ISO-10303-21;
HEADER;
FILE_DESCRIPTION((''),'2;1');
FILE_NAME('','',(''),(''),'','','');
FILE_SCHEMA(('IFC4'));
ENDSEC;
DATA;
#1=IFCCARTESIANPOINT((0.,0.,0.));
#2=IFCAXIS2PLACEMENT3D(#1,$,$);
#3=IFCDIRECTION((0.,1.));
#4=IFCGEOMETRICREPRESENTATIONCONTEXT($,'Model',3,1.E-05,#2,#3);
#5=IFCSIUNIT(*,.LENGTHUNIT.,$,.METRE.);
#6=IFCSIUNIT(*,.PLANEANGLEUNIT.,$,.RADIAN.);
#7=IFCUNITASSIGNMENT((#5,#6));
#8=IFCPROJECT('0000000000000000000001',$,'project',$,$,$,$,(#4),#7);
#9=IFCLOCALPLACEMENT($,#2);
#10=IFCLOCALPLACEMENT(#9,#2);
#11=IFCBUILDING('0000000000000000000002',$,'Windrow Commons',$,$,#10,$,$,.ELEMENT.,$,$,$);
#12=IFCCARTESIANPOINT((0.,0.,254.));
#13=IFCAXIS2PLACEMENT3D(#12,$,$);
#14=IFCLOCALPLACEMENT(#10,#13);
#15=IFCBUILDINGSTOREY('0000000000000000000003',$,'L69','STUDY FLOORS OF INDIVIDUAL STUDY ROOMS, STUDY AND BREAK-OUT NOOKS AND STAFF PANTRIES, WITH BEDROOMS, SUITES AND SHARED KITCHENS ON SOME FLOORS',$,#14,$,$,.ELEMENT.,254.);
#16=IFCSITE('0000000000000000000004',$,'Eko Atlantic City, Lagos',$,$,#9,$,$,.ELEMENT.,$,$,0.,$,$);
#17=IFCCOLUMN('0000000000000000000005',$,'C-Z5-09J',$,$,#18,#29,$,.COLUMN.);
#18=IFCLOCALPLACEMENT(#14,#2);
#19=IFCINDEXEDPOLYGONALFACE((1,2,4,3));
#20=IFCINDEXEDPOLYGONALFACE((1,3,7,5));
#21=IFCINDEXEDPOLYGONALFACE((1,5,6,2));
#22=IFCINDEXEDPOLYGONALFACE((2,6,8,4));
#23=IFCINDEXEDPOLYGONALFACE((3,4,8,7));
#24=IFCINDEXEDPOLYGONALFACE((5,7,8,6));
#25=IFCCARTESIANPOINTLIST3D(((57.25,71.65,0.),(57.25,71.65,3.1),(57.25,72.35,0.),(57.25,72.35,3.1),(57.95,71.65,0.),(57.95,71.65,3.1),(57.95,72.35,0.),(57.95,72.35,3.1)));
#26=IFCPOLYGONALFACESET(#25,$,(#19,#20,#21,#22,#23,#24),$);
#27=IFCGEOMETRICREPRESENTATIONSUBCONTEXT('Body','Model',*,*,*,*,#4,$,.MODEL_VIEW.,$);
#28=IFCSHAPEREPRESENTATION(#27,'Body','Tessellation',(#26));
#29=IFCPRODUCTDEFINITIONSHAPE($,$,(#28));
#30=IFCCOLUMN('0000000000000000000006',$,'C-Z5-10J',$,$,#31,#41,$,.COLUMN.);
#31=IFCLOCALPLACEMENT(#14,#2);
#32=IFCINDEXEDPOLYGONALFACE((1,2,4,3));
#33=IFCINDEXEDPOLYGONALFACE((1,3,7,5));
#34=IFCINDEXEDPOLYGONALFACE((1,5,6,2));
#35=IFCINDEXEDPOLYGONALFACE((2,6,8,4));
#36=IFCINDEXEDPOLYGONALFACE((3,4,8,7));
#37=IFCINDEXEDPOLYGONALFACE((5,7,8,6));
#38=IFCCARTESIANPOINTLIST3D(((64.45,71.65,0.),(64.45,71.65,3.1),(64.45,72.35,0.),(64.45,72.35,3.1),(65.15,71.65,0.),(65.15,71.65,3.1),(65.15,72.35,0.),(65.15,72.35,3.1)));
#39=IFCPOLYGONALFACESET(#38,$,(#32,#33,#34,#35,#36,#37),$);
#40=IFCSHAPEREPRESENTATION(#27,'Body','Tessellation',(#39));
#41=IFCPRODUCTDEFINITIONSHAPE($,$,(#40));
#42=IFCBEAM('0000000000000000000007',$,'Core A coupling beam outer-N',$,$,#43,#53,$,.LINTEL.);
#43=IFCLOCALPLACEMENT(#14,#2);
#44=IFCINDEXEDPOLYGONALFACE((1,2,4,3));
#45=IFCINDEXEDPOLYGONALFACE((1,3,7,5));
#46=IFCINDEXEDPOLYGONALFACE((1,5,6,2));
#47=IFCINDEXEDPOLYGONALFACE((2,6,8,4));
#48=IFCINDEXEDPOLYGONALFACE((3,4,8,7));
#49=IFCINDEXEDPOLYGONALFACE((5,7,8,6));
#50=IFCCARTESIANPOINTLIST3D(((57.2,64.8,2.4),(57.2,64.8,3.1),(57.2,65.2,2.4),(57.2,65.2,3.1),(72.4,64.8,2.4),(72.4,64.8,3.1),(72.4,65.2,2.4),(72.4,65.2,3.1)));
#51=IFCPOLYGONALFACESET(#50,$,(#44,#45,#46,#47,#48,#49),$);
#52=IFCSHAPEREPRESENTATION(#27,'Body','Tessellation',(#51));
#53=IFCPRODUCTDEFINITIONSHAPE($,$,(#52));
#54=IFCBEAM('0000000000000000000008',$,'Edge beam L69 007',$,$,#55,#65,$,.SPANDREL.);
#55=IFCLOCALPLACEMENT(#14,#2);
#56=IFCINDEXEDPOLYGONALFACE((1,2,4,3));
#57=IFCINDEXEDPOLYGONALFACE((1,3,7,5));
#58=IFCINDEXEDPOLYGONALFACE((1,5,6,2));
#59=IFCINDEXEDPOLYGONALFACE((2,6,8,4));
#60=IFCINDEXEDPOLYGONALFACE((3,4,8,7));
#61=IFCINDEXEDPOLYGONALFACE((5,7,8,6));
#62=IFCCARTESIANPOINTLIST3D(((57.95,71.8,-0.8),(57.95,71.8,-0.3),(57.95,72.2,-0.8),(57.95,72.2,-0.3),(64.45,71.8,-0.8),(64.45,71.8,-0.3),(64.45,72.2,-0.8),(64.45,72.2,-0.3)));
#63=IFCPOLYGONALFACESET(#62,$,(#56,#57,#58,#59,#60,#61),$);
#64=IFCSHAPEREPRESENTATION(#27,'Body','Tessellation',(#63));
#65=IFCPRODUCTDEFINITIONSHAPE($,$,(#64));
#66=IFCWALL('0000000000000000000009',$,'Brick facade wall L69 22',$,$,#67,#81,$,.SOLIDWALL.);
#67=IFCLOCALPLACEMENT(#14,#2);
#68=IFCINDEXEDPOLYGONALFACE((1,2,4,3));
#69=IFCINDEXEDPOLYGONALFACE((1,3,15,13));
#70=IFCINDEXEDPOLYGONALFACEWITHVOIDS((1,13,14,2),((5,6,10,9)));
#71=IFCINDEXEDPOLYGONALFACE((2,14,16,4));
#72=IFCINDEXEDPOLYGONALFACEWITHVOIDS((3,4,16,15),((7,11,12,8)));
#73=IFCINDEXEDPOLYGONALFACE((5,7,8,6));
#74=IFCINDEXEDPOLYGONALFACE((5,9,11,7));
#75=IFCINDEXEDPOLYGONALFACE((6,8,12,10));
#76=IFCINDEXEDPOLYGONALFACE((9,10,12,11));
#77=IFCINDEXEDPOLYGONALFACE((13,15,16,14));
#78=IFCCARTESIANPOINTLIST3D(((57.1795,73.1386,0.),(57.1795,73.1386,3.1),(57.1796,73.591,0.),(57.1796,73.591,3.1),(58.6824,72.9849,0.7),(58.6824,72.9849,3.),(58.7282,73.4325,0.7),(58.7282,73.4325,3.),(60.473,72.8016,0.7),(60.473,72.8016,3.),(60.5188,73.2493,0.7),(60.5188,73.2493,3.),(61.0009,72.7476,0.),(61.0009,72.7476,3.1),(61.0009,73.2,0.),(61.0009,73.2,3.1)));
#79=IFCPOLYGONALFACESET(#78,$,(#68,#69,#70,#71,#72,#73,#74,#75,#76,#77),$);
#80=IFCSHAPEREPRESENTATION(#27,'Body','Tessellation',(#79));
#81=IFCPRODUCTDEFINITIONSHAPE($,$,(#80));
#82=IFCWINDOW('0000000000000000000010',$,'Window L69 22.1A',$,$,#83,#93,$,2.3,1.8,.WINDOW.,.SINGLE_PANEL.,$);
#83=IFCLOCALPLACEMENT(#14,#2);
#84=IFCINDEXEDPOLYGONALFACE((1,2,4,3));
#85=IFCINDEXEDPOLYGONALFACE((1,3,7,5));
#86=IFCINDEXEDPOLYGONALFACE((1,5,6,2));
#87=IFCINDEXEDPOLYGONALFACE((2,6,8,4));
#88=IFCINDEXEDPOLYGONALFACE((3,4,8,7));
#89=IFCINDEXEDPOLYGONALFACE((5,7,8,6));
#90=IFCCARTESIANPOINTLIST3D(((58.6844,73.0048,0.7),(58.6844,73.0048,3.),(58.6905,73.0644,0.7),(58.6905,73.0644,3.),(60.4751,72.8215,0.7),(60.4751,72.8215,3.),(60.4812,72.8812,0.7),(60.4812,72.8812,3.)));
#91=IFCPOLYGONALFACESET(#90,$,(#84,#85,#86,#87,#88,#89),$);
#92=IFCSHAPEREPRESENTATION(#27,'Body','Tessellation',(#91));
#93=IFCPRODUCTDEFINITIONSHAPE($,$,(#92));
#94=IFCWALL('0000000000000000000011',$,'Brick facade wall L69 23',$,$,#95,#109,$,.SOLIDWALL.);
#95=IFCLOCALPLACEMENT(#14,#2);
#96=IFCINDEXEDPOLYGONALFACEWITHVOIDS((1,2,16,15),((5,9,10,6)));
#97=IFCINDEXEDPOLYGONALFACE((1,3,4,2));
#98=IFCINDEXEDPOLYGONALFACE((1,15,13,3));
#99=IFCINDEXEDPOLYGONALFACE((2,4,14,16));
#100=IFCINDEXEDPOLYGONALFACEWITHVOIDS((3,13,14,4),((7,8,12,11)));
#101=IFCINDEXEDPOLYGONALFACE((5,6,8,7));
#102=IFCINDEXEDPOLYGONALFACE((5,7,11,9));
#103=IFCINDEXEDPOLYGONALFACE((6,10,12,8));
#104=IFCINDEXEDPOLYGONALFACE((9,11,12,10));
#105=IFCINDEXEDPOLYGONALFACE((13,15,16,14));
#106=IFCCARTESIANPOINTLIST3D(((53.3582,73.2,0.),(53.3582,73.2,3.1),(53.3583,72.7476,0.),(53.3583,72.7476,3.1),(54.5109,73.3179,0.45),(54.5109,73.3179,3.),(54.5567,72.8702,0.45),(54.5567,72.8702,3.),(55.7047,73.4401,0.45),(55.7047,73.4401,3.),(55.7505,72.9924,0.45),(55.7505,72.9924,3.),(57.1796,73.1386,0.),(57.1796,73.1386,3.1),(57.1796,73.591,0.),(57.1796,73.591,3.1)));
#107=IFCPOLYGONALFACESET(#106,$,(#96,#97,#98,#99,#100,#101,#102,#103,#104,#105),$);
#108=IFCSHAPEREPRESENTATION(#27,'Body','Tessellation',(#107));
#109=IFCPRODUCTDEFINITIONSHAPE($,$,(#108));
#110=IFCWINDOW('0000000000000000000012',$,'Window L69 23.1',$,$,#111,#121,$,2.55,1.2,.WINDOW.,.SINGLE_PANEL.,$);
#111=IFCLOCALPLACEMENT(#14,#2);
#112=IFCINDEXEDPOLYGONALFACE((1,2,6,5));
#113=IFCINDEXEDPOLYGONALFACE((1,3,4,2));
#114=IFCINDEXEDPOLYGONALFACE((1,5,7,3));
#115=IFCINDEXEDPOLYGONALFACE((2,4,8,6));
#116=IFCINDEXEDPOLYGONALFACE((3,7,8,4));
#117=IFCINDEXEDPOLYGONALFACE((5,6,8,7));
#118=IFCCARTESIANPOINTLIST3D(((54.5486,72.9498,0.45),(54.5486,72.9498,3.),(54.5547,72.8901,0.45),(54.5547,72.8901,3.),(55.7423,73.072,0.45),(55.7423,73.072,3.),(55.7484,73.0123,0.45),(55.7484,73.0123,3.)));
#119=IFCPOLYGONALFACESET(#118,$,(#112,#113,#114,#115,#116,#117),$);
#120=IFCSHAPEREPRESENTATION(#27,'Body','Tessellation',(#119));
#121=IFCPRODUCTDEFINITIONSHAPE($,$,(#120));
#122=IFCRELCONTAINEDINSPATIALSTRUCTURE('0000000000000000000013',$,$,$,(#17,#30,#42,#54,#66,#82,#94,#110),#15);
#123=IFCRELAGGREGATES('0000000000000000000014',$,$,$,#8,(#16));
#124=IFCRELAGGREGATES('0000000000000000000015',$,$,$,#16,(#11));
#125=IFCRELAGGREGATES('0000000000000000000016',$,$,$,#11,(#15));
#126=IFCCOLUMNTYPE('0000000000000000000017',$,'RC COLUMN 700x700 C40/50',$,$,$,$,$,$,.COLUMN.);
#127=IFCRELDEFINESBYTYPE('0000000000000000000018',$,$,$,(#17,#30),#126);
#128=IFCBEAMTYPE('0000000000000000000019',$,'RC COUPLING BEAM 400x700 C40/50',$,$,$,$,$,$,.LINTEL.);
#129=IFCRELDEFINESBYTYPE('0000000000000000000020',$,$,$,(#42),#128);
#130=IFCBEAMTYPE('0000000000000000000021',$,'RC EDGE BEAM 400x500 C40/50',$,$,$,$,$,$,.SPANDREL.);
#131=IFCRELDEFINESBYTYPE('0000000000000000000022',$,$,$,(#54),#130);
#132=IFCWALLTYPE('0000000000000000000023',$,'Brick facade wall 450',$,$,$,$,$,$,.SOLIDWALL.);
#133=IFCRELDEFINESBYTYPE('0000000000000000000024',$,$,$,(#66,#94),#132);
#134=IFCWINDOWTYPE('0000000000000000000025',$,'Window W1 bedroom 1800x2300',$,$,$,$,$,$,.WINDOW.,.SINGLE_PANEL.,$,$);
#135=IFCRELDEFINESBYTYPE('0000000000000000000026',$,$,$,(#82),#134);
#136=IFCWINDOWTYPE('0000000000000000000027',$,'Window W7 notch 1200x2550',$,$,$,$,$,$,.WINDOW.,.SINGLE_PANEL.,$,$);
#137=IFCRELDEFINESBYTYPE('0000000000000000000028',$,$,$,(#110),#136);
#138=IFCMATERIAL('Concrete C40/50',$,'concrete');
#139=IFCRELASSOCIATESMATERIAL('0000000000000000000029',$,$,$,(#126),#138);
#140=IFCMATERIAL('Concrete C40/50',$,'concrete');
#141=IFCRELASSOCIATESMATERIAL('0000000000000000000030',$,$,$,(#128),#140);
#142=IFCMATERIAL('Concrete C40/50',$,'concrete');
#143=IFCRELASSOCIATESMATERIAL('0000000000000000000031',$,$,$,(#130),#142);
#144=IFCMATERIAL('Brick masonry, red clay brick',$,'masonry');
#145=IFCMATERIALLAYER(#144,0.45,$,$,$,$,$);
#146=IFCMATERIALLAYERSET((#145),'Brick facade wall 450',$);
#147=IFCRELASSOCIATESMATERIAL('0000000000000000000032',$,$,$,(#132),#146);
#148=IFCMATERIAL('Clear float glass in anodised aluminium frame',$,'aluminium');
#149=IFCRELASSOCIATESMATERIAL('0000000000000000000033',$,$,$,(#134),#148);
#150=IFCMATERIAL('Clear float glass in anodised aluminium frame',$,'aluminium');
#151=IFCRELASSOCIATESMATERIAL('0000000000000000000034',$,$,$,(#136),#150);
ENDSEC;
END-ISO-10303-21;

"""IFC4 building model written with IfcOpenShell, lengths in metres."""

from ifc_helpers import new_model, si_unit, direction, frame, frame_2d, origin, origin_2d, place, context, subcontext, project, spatial, polyline, rectangle, outline, extrude, material, layer, layer_set, material_profile, profile_set, type_object, element, fill, save


model = new_model("IFC4")

# Units and contexts
model_context = context("Model", 3, precision=1e-05, world=origin(), true_north=direction((0.0, 1.0)))
body_context = subcontext(model_context, "Body", "Model", "MODEL_VIEW")
ifc_project = project(units=[si_unit("LENGTHUNIT", "METRE"), si_unit("PLANEANGLEUNIT", "RADIAN")], contexts=[model_context])

# Site, building, storey
site_placement = place(None, origin())
site = spatial("IfcSite", under=ifc_project, at=site_placement, Name="Eko Atlantic City, Lagos", CompositionType="ELEMENT", RefElevation=0.0)
building_placement = place(site_placement, origin())
building = spatial("IfcBuilding", under=site, at=building_placement, Name="Windrow Commons", CompositionType="ELEMENT")
storey_placement = place(building_placement, frame((0.0, 0.0, 254.0)))
storey = spatial("IfcBuildingStorey", under=building, at=storey_placement, Name="L69", Description="STUDY FLOORS OF INDIVIDUAL STUDY ROOMS, STUDY AND BREAK-OUT NOOKS AND STAFF PANTRIES, WITH BEDROOMS, SUITES AND SHARED KITCHENS ON SOME FLOORS", CompositionType="ELEMENT", Elevation=254.0)

# Columns
ifc_material_1 = material(Name="Concrete C40/50", Category="concrete")
ifc_material_profile_1 = material_profile(ifc_material_1, rectangle(XDim=0.7, YDim=0.7, at=origin_2d()))
ifc_profile_set_1 = profile_set([ifc_material_profile_1], Name="Concrete C40/50")
column_type = type_object("IfcColumnType", Name="RC COLUMN 700x700 C40/50", PredefinedType="COLUMN", material=ifc_profile_set_1)
for number, where, z_axis, x_axis, name in (
    (1, (57.6, 72.0, 0.0), (0.0, 0.0, 1.0), (1.0, 0.0, 0.0), "C-Z5-09J"),
    (2, (64.8, 72.0, 0.0), (0.0, 0.0, 1.0), (1.0, 0.0, 0.0), "C-Z5-10J"),
):
    element("IfcColumn", number, at=place(storey_placement, frame(where, z_axis=z_axis, x_axis=x_axis)), inside=storey, type_object=column_type, Name=name, PredefinedType="COLUMN", context=body_context, shape_type="SweptSolid", body=[
        extrude(rectangle(XDim=0.7, YDim=0.7, at=origin_2d()), origin(), (0.0, 0.0, 1.0), 3.1),
    ])

# Beams
ifc_material_2 = material(Name="Concrete C40/50", Category="concrete")
ifc_material_profile_2 = material_profile(ifc_material_2, rectangle(XDim=0.4, YDim=0.7, at=origin_2d()))
ifc_profile_set_2 = profile_set([ifc_material_profile_2], Name="Concrete C40/50")
beam_type_1 = type_object("IfcBeamType", Name="RC COUPLING BEAM 400x700 C40/50", PredefinedType="LINTEL", material=ifc_profile_set_2)
beam_1_placement = place(storey_placement, frame((57.2, 65.0, 2.75), z_axis=(1.0, 0.0, 0.0), x_axis=(0.0, 1.0, 0.0)))
element("IfcBeam", 3, at=beam_1_placement, inside=storey, type_object=beam_type_1, Name="Core A coupling beam outer-N", PredefinedType="LINTEL", context=body_context, shape_type="SweptSolid", body=[
    extrude(rectangle(XDim=0.4, YDim=0.7, at=origin_2d()), origin(), (0.0, 0.0, 1.0), 15.2),
])
ifc_material_3 = material(Name="Concrete C40/50", Category="concrete")
ifc_material_profile_3 = material_profile(ifc_material_3, rectangle(XDim=0.4, YDim=0.5, at=origin_2d()))
ifc_profile_set_3 = profile_set([ifc_material_profile_3], Name="Concrete C40/50")
beam_type_2 = type_object("IfcBeamType", Name="RC EDGE BEAM 400x500 C40/50", PredefinedType="SPANDREL", material=ifc_profile_set_3)
beam_2_placement = place(storey_placement, frame((57.95, 72.0, -0.55), z_axis=(1.0, 0.0, 0.0), x_axis=(0.0, 1.0, 0.0)))
element("IfcBeam", 4, at=beam_2_placement, inside=storey, type_object=beam_type_2, Name="Edge beam L69 007", PredefinedType="SPANDREL", context=body_context, shape_type="SweptSolid", body=[
    extrude(rectangle(XDim=0.4, YDim=0.5, at=origin_2d()), origin(), (0.0, 0.0, 1.0), 6.5),
])

# Walls, openings, windows
ifc_material_4 = material(Name="Brick masonry, red clay brick", Category="masonry")
ifc_layer_1 = layer(ifc_material_4, 0.45)
ifc_layer_set_1 = layer_set([ifc_layer_1], Name="Brick facade wall 450")
wall_type_1 = type_object("IfcWallType", Name="Brick facade wall 450", PredefinedType="SOLIDWALL", material=ifc_layer_set_1)
wall_1_placement = place(storey_placement, frame((61.0009, 72.9738, 0.0), z_axis=(0.0, 0.0, 1.0), x_axis=(-0.994806, 0.10179, 0.0)))
wall_1 = element("IfcWall", 5, at=wall_1_placement, inside=storey, type_object=wall_type_1, Name="Brick facade wall L69 22", PredefinedType="SOLIDWALL", context=body_context, shape_type="SweptSolid", body=[
    extrude(outline(polyline([(0.023, -0.225), (3.8643, -0.225), (3.8183, 0.225), (-0.023, 0.225), (0.023, -0.225)])), origin(), (0.0, 0.0, 1.0), 3.1),
])
opening_1_placement = place(wall_1_placement, frame((0.5076, 0.0, 0.7)))
opening_1 = element("IfcOpeningElement", 6, at=opening_1_placement, cuts=wall_1, PredefinedType="OPENING", context=body_context, shape_type="SweptSolid", body=[
    extrude(rectangle(XDim=1.8, YDim=2.3, at=frame_2d((0.9, 1.15))), frame((0.0, 0.235, 0.0), z_axis=(0.0, -1.0, 0.0), x_axis=(1.0, 0.0, 0.0)), (0.0, 0.0, 1.0), 0.47),
])
ifc_material_5 = material(Name="Clear float glass in anodised aluminium frame", Category="aluminium")
window_type_1 = type_object("IfcWindowType", Name="Window W1 bedroom 1800x2300", PartitioningType="SINGLE_PANEL", PredefinedType="WINDOW", material=ifc_material_5)
window_1_placement = place(opening_1_placement, origin())
window_1 = element("IfcWindow", 7, at=window_1_placement, inside=storey, type_object=window_type_1, Name="Window L69 22.1A", OverallHeight=2.3, OverallWidth=1.8, PartitioningType="SINGLE_PANEL", PredefinedType="WINDOW", context=body_context, shape_type="SweptSolid", body=[
    extrude(rectangle(XDim=1.8, YDim=2.3, at=frame_2d((0.9, 1.15))), frame((0.0, 0.205, 0.0), z_axis=(0.0, -1.0, 0.0), x_axis=(1.0, 0.0, 0.0)), (0.0, 0.0, 1.0), 0.06),
])
fill(opening_1, window_1)
wall_2_placement = place(storey_placement, frame((57.1796, 73.3648, 0.0), z_axis=(0.0, 0.0, 1.0), x_axis=(-0.994806, -0.10179, 0.0)))
wall_2 = element("IfcWall", 8, at=wall_2_placement, inside=storey, type_object=wall_type_1, Name="Brick facade wall L69 23", PredefinedType="SOLIDWALL", context=body_context, shape_type="SweptSolid", body=[
    extrude(outline(polyline([(-0.023, -0.225), (3.8183, -0.225), (3.8643, 0.225), (0.023, 0.225), (-0.023, -0.225)])), origin(), (0.0, 0.0, 1.0), 3.1),
])
opening_2_placement = place(wall_2_placement, frame((1.4596, 0.0, 0.45)))
opening_2 = element("IfcOpeningElement", 9, at=opening_2_placement, cuts=wall_2, PredefinedType="OPENING", context=body_context, shape_type="SweptSolid", body=[
    extrude(rectangle(XDim=1.2, YDim=2.55, at=frame_2d((0.6, 1.275))), frame((0.0, 0.235, 0.0), z_axis=(0.0, -1.0, 0.0), x_axis=(1.0, 0.0, 0.0)), (0.0, 0.0, 1.0), 0.47),
])
ifc_material_6 = material(Name="Clear float glass in anodised aluminium frame", Category="aluminium")
window_type_2 = type_object("IfcWindowType", Name="Window W7 notch 1200x2550", PartitioningType="SINGLE_PANEL", PredefinedType="WINDOW", material=ifc_material_6)
window_2_placement = place(opening_2_placement, origin())
window_2 = element("IfcWindow", 10, at=window_2_placement, inside=storey, type_object=window_type_2, Name="Window L69 23.1", OverallHeight=2.55, OverallWidth=1.2, PartitioningType="SINGLE_PANEL", PredefinedType="WINDOW", context=body_context, shape_type="SweptSolid", body=[
    extrude(rectangle(XDim=1.2, YDim=2.55, at=frame_2d((0.6, 1.275))), frame((0.0, 0.205, 0.0), z_axis=(0.0, -1.0, 0.0), x_axis=(1.0, 0.0, 0.0)), (0.0, 0.0, 1.0), 0.06),
])
fill(opening_2, window_2)

save(model, "model.ifc")
